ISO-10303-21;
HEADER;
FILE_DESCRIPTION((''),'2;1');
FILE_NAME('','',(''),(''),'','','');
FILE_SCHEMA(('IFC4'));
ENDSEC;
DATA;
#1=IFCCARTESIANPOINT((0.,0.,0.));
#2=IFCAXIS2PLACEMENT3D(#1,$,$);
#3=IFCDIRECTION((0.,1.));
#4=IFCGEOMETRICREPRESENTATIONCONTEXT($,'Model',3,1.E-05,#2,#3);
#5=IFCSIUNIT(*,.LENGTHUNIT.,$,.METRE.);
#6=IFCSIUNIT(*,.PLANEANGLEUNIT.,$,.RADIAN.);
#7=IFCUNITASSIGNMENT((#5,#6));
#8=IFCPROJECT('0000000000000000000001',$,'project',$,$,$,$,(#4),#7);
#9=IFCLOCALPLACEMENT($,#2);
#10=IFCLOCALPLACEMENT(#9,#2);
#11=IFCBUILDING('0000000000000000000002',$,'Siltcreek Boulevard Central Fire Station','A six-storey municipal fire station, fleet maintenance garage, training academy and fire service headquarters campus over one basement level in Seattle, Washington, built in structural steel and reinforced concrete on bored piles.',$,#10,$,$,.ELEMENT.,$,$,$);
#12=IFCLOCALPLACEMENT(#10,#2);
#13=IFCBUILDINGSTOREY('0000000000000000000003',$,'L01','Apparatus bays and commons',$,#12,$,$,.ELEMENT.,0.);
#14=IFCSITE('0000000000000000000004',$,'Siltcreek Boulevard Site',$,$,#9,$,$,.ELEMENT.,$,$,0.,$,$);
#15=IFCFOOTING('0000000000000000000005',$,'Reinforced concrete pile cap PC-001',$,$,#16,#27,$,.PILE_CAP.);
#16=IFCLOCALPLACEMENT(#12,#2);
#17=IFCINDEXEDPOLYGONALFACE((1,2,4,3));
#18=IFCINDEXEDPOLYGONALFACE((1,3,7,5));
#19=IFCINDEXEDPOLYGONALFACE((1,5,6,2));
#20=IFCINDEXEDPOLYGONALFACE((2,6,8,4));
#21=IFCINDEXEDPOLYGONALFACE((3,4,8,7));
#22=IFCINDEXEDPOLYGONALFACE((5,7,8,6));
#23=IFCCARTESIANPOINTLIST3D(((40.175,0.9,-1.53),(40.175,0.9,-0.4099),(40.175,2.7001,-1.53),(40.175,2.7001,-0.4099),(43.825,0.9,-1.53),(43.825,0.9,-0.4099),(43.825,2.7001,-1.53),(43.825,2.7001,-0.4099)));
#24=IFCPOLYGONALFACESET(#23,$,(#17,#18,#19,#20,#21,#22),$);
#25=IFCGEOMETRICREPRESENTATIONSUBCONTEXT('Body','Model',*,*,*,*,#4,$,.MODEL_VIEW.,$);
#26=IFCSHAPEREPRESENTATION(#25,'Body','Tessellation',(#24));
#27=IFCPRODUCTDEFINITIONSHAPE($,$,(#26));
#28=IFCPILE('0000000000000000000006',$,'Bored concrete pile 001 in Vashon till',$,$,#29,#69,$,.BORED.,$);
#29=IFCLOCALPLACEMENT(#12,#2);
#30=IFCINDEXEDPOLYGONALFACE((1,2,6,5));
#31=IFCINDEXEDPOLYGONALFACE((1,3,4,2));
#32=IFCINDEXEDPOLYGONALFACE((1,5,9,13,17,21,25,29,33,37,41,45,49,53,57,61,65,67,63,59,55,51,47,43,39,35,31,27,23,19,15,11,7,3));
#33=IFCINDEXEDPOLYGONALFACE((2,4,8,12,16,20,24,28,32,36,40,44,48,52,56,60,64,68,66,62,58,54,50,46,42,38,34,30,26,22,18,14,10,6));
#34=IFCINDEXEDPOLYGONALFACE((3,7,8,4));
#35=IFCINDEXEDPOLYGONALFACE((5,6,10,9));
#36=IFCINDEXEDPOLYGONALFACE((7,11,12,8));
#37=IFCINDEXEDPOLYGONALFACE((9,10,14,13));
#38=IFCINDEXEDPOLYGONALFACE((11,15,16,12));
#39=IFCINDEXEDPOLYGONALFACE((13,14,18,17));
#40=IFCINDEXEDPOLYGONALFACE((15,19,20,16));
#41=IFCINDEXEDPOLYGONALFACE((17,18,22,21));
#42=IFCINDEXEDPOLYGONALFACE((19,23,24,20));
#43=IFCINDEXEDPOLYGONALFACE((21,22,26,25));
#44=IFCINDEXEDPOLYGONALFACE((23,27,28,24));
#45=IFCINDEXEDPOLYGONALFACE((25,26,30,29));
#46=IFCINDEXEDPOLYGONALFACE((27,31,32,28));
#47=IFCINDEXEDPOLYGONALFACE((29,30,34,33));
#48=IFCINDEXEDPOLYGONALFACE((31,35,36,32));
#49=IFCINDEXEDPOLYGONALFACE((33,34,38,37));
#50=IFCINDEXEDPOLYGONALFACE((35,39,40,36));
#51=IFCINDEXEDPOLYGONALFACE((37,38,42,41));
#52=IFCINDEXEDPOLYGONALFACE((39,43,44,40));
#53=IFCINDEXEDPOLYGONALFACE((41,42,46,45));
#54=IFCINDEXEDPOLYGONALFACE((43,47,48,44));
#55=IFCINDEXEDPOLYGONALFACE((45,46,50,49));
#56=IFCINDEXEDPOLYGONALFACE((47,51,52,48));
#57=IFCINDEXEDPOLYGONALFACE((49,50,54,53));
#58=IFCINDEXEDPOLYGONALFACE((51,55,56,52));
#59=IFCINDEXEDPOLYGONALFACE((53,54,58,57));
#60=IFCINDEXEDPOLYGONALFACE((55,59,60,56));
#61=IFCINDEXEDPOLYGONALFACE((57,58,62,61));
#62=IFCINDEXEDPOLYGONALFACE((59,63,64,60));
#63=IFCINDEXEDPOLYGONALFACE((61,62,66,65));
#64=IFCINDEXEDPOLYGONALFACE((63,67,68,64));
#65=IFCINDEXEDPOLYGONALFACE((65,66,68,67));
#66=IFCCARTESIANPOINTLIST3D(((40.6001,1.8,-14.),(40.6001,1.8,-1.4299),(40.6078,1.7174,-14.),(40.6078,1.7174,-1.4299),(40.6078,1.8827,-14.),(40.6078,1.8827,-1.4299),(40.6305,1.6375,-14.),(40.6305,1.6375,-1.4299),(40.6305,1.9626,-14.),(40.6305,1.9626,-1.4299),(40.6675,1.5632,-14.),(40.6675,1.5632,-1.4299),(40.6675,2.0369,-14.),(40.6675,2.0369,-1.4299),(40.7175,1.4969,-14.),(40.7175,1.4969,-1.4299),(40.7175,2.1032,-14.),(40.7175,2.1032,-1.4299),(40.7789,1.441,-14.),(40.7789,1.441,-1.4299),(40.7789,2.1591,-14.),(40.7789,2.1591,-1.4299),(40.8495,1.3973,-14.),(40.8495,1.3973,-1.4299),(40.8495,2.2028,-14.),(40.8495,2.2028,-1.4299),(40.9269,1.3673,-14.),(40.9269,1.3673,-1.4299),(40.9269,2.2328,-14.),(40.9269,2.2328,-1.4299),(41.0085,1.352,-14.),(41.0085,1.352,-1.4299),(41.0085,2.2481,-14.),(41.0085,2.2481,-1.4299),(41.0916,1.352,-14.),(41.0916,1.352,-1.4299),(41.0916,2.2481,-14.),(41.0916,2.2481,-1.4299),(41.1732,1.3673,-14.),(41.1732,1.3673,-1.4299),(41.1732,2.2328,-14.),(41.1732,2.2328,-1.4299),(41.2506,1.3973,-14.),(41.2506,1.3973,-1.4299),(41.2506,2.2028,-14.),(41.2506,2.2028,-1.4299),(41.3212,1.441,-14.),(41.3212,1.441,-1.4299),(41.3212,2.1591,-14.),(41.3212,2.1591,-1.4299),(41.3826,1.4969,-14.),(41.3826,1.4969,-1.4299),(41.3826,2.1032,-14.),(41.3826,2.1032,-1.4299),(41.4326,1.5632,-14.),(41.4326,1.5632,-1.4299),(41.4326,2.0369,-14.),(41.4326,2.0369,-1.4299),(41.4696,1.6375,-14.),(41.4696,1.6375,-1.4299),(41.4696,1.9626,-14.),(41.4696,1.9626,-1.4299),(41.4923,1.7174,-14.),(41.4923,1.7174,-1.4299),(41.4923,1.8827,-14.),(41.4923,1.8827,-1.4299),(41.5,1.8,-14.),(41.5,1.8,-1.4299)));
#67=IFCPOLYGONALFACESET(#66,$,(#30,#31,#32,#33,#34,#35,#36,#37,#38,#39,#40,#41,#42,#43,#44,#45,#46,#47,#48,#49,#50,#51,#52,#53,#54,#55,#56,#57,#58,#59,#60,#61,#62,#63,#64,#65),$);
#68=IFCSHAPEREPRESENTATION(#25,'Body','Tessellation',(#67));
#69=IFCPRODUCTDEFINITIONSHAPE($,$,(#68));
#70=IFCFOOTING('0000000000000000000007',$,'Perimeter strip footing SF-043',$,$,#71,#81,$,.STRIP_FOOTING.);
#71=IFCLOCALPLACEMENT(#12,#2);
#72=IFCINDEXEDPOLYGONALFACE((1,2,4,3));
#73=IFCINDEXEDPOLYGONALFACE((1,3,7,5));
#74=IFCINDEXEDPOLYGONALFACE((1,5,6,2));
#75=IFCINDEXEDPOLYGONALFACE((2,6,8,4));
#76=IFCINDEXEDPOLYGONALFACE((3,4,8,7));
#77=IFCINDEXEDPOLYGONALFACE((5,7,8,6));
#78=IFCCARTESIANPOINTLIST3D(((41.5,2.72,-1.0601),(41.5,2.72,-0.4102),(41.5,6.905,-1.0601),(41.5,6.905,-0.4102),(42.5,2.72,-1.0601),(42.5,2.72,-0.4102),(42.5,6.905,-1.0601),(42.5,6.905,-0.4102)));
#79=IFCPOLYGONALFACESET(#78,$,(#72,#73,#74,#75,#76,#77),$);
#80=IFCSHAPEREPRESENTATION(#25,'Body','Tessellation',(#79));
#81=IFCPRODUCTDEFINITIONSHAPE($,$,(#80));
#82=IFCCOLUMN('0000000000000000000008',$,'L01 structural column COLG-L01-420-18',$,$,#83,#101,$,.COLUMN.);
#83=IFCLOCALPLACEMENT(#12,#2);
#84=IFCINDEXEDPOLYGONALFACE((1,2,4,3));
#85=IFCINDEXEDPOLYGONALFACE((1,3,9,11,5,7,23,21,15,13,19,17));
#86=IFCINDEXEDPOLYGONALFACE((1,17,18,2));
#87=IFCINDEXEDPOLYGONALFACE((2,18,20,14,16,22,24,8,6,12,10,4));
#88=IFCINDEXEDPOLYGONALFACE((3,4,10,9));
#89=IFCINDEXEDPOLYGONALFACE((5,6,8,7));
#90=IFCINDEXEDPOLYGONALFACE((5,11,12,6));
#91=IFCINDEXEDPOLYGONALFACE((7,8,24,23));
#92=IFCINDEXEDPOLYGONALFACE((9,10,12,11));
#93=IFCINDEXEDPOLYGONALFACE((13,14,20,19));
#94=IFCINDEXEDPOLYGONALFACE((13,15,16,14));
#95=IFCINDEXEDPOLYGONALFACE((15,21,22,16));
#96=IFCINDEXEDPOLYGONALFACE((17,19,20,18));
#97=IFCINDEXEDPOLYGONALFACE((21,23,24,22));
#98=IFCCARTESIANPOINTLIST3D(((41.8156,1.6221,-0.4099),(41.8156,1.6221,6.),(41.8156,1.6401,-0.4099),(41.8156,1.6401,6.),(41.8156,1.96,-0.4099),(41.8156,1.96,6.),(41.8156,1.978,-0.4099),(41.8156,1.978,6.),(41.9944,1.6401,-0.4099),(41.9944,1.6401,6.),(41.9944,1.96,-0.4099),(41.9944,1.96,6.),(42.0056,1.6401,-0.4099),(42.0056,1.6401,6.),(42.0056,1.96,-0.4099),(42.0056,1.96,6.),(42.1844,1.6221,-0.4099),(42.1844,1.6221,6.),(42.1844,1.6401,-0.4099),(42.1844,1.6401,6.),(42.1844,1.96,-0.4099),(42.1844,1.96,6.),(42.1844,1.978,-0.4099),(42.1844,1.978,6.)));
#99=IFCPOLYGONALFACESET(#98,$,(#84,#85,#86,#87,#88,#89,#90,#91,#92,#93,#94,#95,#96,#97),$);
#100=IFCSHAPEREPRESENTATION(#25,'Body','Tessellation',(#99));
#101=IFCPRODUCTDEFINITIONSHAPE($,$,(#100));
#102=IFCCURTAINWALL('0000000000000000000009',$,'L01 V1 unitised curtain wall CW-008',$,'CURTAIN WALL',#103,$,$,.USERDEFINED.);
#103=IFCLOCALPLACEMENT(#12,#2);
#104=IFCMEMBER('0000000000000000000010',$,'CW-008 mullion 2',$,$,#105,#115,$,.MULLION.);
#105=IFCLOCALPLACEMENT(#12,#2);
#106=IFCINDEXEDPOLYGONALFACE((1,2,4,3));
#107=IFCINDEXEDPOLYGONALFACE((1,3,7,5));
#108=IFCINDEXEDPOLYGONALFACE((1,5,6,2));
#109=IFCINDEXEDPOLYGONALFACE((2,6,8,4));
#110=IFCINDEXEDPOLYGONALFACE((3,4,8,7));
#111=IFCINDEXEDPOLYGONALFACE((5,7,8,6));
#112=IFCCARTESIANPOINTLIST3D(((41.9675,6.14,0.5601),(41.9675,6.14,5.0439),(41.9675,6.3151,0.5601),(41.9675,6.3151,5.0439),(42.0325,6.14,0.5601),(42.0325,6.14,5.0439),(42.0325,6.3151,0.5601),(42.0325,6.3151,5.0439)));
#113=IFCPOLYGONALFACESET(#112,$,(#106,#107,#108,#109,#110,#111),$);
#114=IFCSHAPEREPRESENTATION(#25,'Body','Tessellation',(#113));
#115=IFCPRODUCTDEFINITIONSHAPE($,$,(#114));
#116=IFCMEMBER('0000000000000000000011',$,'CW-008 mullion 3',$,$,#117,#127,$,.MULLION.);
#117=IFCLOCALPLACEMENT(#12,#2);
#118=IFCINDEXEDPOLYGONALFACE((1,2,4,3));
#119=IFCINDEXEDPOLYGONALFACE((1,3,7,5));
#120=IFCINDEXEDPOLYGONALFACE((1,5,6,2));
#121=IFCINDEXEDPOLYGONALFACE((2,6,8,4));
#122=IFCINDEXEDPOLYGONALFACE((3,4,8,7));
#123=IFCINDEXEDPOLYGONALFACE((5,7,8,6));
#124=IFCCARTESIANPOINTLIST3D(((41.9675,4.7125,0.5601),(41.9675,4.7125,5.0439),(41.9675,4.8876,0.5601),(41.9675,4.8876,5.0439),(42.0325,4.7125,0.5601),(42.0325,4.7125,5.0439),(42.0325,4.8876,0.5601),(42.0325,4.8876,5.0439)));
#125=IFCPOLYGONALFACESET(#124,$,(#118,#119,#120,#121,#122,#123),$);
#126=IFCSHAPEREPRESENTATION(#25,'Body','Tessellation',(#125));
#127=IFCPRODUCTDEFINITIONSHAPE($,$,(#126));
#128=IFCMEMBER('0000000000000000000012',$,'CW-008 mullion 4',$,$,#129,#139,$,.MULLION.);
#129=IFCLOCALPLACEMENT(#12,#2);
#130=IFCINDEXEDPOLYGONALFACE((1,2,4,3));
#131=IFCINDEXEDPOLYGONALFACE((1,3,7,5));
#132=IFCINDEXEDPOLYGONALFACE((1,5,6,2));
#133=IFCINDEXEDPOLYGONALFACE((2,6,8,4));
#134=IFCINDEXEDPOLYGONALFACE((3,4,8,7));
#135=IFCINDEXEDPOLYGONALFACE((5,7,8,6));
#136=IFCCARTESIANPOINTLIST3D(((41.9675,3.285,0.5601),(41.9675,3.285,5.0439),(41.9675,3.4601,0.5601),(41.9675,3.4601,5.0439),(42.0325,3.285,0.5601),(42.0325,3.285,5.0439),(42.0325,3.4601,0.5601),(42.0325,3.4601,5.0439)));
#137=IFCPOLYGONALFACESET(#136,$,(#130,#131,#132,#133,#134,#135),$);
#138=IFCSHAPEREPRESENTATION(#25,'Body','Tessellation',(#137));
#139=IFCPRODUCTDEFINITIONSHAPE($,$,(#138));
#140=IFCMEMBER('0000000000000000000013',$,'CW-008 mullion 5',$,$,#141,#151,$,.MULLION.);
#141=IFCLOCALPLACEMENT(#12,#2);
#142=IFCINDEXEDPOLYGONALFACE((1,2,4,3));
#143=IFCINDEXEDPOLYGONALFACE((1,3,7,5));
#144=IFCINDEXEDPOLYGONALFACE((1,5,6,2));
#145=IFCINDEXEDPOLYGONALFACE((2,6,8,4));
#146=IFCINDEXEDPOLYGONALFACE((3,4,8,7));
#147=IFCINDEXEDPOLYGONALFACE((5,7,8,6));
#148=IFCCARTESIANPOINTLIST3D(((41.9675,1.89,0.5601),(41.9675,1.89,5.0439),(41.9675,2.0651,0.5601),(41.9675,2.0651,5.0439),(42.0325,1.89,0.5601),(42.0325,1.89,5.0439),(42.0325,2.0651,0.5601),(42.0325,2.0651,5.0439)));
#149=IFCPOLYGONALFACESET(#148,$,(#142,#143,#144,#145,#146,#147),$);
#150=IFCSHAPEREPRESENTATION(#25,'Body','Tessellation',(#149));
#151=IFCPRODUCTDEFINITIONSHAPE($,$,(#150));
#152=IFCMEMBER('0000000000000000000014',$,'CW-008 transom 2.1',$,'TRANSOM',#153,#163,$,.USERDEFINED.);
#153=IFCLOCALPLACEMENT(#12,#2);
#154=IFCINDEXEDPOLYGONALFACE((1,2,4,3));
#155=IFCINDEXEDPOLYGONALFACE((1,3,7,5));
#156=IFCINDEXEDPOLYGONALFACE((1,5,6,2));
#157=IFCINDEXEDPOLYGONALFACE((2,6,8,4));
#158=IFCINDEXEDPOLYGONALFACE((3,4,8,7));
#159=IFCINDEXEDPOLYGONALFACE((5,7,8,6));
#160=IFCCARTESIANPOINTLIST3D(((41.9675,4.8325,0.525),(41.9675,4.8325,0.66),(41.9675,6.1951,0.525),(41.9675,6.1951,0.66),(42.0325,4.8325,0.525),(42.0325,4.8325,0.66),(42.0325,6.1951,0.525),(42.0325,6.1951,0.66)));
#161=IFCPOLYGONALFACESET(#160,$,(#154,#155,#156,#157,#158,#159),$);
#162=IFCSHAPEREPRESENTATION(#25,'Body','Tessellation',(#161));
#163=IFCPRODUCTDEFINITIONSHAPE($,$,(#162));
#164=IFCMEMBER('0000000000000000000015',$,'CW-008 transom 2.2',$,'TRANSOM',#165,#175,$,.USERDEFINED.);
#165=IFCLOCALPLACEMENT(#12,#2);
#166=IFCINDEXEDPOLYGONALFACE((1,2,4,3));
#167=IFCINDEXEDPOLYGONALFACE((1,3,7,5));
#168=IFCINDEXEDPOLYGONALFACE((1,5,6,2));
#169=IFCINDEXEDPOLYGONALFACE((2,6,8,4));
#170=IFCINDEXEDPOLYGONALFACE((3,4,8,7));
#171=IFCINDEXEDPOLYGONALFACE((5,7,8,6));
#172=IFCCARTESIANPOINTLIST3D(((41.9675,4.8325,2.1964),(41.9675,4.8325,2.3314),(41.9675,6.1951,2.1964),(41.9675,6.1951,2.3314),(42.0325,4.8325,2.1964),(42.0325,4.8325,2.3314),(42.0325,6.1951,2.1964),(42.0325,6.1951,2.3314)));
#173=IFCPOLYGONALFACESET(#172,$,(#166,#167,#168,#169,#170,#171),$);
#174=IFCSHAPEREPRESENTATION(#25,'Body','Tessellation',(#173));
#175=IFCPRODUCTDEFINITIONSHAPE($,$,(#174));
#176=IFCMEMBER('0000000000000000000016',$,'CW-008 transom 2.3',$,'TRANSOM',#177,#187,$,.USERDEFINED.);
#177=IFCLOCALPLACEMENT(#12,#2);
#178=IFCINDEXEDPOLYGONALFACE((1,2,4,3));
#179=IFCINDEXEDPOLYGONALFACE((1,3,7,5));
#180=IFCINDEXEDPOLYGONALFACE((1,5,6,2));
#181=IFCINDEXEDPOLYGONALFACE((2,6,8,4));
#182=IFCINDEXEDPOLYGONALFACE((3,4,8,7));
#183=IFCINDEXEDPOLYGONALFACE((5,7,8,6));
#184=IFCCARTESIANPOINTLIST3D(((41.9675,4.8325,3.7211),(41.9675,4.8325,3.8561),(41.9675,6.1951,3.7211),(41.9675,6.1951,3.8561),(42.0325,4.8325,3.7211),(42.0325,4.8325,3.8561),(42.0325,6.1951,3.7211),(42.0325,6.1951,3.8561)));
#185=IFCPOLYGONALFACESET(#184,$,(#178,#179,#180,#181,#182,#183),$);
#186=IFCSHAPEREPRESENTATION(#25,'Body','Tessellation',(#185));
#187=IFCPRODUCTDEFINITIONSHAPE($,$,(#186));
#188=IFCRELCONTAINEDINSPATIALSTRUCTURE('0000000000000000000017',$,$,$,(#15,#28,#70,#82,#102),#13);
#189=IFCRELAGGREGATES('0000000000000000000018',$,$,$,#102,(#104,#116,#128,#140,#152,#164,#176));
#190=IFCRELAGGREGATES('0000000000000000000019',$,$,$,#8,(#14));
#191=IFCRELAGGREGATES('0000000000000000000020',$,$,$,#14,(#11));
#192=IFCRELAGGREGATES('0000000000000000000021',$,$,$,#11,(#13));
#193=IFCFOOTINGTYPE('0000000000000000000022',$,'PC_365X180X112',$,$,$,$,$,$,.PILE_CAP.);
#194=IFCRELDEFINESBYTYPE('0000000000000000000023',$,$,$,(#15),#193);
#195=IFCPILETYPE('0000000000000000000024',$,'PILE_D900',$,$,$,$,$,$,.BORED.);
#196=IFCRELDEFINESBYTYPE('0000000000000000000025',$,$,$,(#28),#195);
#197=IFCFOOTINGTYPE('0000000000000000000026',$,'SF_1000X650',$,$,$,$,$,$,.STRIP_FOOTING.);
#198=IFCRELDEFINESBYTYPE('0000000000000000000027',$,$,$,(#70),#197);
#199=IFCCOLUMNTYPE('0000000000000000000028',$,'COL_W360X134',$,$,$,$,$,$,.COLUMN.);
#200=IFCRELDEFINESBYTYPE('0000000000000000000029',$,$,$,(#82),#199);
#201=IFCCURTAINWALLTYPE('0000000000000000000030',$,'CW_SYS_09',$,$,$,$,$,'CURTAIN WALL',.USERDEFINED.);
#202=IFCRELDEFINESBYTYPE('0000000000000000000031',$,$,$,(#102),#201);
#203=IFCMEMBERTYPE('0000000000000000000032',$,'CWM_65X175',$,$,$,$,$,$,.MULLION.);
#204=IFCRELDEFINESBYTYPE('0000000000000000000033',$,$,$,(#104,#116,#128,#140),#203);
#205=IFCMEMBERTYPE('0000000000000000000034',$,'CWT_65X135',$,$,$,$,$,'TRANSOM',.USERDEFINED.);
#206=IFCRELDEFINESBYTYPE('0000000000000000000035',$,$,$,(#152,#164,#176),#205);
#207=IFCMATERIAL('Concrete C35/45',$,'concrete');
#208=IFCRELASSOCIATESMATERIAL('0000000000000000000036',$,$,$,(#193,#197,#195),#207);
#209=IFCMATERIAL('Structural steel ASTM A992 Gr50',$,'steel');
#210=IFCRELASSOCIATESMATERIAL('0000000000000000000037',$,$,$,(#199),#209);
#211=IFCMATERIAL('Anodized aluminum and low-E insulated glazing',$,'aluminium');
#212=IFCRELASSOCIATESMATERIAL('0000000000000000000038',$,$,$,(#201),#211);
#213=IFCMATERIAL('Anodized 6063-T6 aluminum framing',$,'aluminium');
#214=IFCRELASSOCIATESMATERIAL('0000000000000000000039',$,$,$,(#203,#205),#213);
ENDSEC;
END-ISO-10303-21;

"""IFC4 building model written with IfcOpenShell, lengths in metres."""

from ifc_helpers import new_model, si_unit, direction, frame, origin, origin_2d, place, context, subcontext, project, spatial, rectangle, circle, i_section, extrude, material, material_profile, profile_set, type_object, element, aggregate, save


model = new_model("IFC4")

# Units and contexts
model_context = context("Model", 3, precision=1e-05, world=origin(), true_north=direction((0.0, 1.0)))
body_context = subcontext(model_context, "Body", "Model", "MODEL_VIEW")
ifc_project = project(units=[si_unit("LENGTHUNIT", "METRE"), si_unit("PLANEANGLEUNIT", "RADIAN")], contexts=[model_context])

# Site, building, storey
site_placement = place(None, origin())
site = spatial("IfcSite", under=ifc_project, at=site_placement, Name="Siltcreek Boulevard Site", CompositionType="ELEMENT", RefElevation=0.0)
building_placement = place(site_placement, origin())
building = spatial("IfcBuilding", under=site, at=building_placement, Name="Siltcreek Boulevard Central Fire Station", Description="A six-storey municipal fire station, fleet maintenance garage, training academy and fire service headquarters campus over one basement level in Seattle, Washington, built in structural steel and reinforced concrete on bored piles.", CompositionType="ELEMENT")
storey_placement = place(building_placement, origin())
storey = spatial("IfcBuildingStorey", under=building, at=storey_placement, Name="L01", Description="Apparatus bays and commons", CompositionType="ELEMENT", Elevation=0.0)

# Footing
ifc_material_1 = material(Name="Concrete C35/45", Category="concrete")
footing_type_1 = type_object("IfcFootingType", Name="PC_365X180X112", PredefinedType="PILE_CAP", material=ifc_material_1)
footing_1_placement = place(storey_placement, frame((42.0, 1.8, -1.53), z_axis=(0.0, 0.0, 1.0), x_axis=(1.0, 0.0, 0.0)))
element("IfcFooting", 1, at=footing_1_placement, inside=storey, type_object=footing_type_1, Name="Reinforced concrete pile cap PC-001", PredefinedType="PILE_CAP", context=body_context, shape_type="SweptSolid", body=[
    extrude(rectangle(XDim=3.6499, YDim=1.8, at=origin_2d()), origin(), (0.0, 0.0, 1.0), 1.1201),
])

# Pile
ifc_material_profile_1 = material_profile(ifc_material_1, circle(Radius=0.45, at=origin_2d()), Name="SHAFT900")
ifc_profile_set_1 = profile_set([ifc_material_profile_1], Name="Concrete C35/45")
pile_type = type_object("IfcPileType", Name="PILE_D900", PredefinedType="BORED", material=ifc_profile_set_1)
pile_placement = place(storey_placement, frame((41.05, 1.8, -1.4299), z_axis=(0.0, 0.0, -1.0), x_axis=(1.0, 0.0, 0.0)))
element("IfcPile", 2, at=pile_placement, inside=storey, type_object=pile_type, Name="Bored concrete pile 001 in Vashon till", PredefinedType="BORED", context=body_context, shape_type="SweptSolid", body=[
    extrude(circle(Radius=0.45, at=origin_2d()), origin(), (0.0, 0.0, 1.0), 12.5701),
])

# Footing
footing_type_2 = type_object("IfcFootingType", Name="SF_1000X650", PredefinedType="STRIP_FOOTING", material=ifc_material_1)
footing_2_placement = place(storey_placement, frame((42.0, 4.8125, -1.0601), z_axis=(0.0, 0.0, 1.0), x_axis=(1.0, 0.0, 0.0)))
element("IfcFooting", 3, at=footing_2_placement, inside=storey, type_object=footing_type_2, Name="Perimeter strip footing SF-043", PredefinedType="STRIP_FOOTING", context=body_context, shape_type="SweptSolid", body=[
    extrude(rectangle(XDim=1.0, YDim=4.1851, at=origin_2d()), origin(), (0.0, 0.0, 1.0), 0.6499),
])

# Column
ifc_material_2 = material(Name="Structural steel ASTM A992 Gr50", Category="steel")
ifc_material_profile_2 = material_profile(ifc_material_2, i_section(OverallWidth=0.3689, OverallDepth=0.356, WebThickness=0.0112, FlangeThickness=0.0181, at=origin_2d()), Name="W360X134")
ifc_profile_set_2 = profile_set([ifc_material_profile_2], Name="Structural steel ASTM A992 Gr50")
column_type = type_object("IfcColumnType", Name="COL_W360X134", PredefinedType="COLUMN", material=ifc_profile_set_2)
column_placement = place(storey_placement, frame((42.0, 1.8, -0.4099), z_axis=(0.0, 0.0, 1.0), x_axis=(1.0, 0.0, 0.0)))
element("IfcColumn", 4, at=column_placement, inside=storey, type_object=column_type, Name="L01 structural column COLG-L01-420-18", PredefinedType="COLUMN", context=body_context, shape_type="SweptSolid", body=[
    extrude(i_section(OverallWidth=0.3689, OverallDepth=0.356, WebThickness=0.0112, FlangeThickness=0.0181, at=origin_2d()), origin(), (0.0, 0.0, 1.0), 6.4099),
])

# Curtain wall, members
ifc_material_3 = material(Name="Anodized aluminum and low-E insulated glazing", Category="aluminium")
curtain_wall_type = type_object("IfcCurtainWallType", Name="CW_SYS_09", ElementType="CURTAIN WALL", PredefinedType="USERDEFINED", material=ifc_material_3)
curtain_wall_placement = place(storey_placement, origin())
curtain_wall = element("IfcCurtainWall", 5, at=curtain_wall_placement, inside=storey, type_object=curtain_wall_type, Name="L01 V1 unitised curtain wall CW-008", ObjectType="CURTAIN WALL", PredefinedType="USERDEFINED")
ifc_material_4 = material(Name="Anodized 6063-T6 aluminum framing", Category="aluminium")
ifc_material_profile_3 = material_profile(ifc_material_4, rectangle(XDim=0.0649, YDim=0.175, at=origin_2d()), Name="MULL65X175")
ifc_profile_set_3 = profile_set([ifc_material_profile_3], Name="Anodized 6063-T6 aluminum framing")
member_type_1 = type_object("IfcMemberType", Name="CWM_65X175", PredefinedType="MULLION", material=ifc_profile_set_3)
member_1_placement = place(storey_placement, frame((42.0, 6.2275, 0.5601), z_axis=(0.0, 0.0, 1.0), x_axis=(1.0, 0.0, 0.0)))
member_1 = element("IfcMember", 6, at=member_1_placement, type_object=member_type_1, Name="CW-008 mullion 2", PredefinedType="MULLION", context=body_context, shape_type="SweptSolid", body=[
    extrude(rectangle(XDim=0.0649, YDim=0.175, at=origin_2d()), origin(), (0.0, 0.0, 1.0), 4.4839),
])
member_2_placement = place(storey_placement, frame((42.0, 4.8, 0.5601), z_axis=(0.0, 0.0, 1.0), x_axis=(1.0, 0.0, 0.0)))
member_2 = element("IfcMember", 7, at=member_2_placement, type_object=member_type_1, Name="CW-008 mullion 3", PredefinedType="MULLION", context=body_context, shape_type="SweptSolid", body=[
    extrude(rectangle(XDim=0.0649, YDim=0.175, at=origin_2d()), origin(), (0.0, 0.0, 1.0), 4.4839),
])
member_3_placement = place(storey_placement, frame((42.0, 3.3726, 0.5601), z_axis=(0.0, 0.0, 1.0), x_axis=(1.0, 0.0, 0.0)))
member_3 = element("IfcMember", 8, at=member_3_placement, type_object=member_type_1, Name="CW-008 mullion 4", PredefinedType="MULLION", context=body_context, shape_type="SweptSolid", body=[
    extrude(rectangle(XDim=0.0649, YDim=0.175, at=origin_2d()), origin(), (0.0, 0.0, 1.0), 4.4839),
])
member_4_placement = place(storey_placement, frame((42.0, 1.9775, 0.5601), z_axis=(0.0, 0.0, 1.0), x_axis=(1.0, 0.0, 0.0)))
member_4 = element("IfcMember", 9, at=member_4_placement, type_object=member_type_1, Name="CW-008 mullion 5", PredefinedType="MULLION", context=body_context, shape_type="SweptSolid", body=[
    extrude(rectangle(XDim=0.0649, YDim=0.175, at=origin_2d()), origin(), (0.0, 0.0, 1.0), 4.4839),
])
ifc_material_profile_4 = material_profile(ifc_material_4, rectangle(XDim=0.0649, YDim=0.135, at=origin_2d()), Name="TRAN65X135")
ifc_profile_set_4 = profile_set([ifc_material_profile_4], Name="Anodized 6063-T6 aluminum framing")
member_type_2 = type_object("IfcMemberType", Name="CWT_65X135", ElementType="TRANSOM", PredefinedType="USERDEFINED", material=ifc_profile_set_4)
member_5_placement = place(storey_placement, frame((42.0, 6.1951, 0.5925), z_axis=(0.0, -1.0, 0.0), x_axis=(1.0, 0.0, 0.0)))
member_5 = element("IfcMember", 10, at=member_5_placement, type_object=member_type_2, Name="CW-008 transom 2.1", ObjectType="TRANSOM", PredefinedType="USERDEFINED", context=body_context, shape_type="SweptSolid", body=[
    extrude(rectangle(XDim=0.0649, YDim=0.135, at=origin_2d()), origin(), (0.0, 0.0, 1.0), 1.3625),
])
member_6_placement = place(storey_placement, frame((42.0, 6.1951, 2.2639), z_axis=(0.0, -1.0, 0.0), x_axis=(1.0, 0.0, 0.0)))
member_6 = element("IfcMember", 11, at=member_6_placement, type_object=member_type_2, Name="CW-008 transom 2.2", ObjectType="TRANSOM", PredefinedType="USERDEFINED", context=body_context, shape_type="SweptSolid", body=[
    extrude(rectangle(XDim=0.0649, YDim=0.135, at=origin_2d()), origin(), (0.0, 0.0, 1.0), 1.3625),
])
member_7_placement = place(storey_placement, frame((42.0, 6.1951, 3.7886), z_axis=(0.0, -1.0, 0.0), x_axis=(1.0, 0.0, 0.0)))
member_7 = element("IfcMember", 12, at=member_7_placement, type_object=member_type_2, Name="CW-008 transom 2.3", ObjectType="TRANSOM", PredefinedType="USERDEFINED", context=body_context, shape_type="SweptSolid", body=[
    extrude(rectangle(XDim=0.0649, YDim=0.135, at=origin_2d()), origin(), (0.0, 0.0, 1.0), 1.3625),
])
aggregate(curtain_wall, [member_1, member_2, member_3, member_4, member_5, member_6, member_7])

save(model, "model.ifc")
